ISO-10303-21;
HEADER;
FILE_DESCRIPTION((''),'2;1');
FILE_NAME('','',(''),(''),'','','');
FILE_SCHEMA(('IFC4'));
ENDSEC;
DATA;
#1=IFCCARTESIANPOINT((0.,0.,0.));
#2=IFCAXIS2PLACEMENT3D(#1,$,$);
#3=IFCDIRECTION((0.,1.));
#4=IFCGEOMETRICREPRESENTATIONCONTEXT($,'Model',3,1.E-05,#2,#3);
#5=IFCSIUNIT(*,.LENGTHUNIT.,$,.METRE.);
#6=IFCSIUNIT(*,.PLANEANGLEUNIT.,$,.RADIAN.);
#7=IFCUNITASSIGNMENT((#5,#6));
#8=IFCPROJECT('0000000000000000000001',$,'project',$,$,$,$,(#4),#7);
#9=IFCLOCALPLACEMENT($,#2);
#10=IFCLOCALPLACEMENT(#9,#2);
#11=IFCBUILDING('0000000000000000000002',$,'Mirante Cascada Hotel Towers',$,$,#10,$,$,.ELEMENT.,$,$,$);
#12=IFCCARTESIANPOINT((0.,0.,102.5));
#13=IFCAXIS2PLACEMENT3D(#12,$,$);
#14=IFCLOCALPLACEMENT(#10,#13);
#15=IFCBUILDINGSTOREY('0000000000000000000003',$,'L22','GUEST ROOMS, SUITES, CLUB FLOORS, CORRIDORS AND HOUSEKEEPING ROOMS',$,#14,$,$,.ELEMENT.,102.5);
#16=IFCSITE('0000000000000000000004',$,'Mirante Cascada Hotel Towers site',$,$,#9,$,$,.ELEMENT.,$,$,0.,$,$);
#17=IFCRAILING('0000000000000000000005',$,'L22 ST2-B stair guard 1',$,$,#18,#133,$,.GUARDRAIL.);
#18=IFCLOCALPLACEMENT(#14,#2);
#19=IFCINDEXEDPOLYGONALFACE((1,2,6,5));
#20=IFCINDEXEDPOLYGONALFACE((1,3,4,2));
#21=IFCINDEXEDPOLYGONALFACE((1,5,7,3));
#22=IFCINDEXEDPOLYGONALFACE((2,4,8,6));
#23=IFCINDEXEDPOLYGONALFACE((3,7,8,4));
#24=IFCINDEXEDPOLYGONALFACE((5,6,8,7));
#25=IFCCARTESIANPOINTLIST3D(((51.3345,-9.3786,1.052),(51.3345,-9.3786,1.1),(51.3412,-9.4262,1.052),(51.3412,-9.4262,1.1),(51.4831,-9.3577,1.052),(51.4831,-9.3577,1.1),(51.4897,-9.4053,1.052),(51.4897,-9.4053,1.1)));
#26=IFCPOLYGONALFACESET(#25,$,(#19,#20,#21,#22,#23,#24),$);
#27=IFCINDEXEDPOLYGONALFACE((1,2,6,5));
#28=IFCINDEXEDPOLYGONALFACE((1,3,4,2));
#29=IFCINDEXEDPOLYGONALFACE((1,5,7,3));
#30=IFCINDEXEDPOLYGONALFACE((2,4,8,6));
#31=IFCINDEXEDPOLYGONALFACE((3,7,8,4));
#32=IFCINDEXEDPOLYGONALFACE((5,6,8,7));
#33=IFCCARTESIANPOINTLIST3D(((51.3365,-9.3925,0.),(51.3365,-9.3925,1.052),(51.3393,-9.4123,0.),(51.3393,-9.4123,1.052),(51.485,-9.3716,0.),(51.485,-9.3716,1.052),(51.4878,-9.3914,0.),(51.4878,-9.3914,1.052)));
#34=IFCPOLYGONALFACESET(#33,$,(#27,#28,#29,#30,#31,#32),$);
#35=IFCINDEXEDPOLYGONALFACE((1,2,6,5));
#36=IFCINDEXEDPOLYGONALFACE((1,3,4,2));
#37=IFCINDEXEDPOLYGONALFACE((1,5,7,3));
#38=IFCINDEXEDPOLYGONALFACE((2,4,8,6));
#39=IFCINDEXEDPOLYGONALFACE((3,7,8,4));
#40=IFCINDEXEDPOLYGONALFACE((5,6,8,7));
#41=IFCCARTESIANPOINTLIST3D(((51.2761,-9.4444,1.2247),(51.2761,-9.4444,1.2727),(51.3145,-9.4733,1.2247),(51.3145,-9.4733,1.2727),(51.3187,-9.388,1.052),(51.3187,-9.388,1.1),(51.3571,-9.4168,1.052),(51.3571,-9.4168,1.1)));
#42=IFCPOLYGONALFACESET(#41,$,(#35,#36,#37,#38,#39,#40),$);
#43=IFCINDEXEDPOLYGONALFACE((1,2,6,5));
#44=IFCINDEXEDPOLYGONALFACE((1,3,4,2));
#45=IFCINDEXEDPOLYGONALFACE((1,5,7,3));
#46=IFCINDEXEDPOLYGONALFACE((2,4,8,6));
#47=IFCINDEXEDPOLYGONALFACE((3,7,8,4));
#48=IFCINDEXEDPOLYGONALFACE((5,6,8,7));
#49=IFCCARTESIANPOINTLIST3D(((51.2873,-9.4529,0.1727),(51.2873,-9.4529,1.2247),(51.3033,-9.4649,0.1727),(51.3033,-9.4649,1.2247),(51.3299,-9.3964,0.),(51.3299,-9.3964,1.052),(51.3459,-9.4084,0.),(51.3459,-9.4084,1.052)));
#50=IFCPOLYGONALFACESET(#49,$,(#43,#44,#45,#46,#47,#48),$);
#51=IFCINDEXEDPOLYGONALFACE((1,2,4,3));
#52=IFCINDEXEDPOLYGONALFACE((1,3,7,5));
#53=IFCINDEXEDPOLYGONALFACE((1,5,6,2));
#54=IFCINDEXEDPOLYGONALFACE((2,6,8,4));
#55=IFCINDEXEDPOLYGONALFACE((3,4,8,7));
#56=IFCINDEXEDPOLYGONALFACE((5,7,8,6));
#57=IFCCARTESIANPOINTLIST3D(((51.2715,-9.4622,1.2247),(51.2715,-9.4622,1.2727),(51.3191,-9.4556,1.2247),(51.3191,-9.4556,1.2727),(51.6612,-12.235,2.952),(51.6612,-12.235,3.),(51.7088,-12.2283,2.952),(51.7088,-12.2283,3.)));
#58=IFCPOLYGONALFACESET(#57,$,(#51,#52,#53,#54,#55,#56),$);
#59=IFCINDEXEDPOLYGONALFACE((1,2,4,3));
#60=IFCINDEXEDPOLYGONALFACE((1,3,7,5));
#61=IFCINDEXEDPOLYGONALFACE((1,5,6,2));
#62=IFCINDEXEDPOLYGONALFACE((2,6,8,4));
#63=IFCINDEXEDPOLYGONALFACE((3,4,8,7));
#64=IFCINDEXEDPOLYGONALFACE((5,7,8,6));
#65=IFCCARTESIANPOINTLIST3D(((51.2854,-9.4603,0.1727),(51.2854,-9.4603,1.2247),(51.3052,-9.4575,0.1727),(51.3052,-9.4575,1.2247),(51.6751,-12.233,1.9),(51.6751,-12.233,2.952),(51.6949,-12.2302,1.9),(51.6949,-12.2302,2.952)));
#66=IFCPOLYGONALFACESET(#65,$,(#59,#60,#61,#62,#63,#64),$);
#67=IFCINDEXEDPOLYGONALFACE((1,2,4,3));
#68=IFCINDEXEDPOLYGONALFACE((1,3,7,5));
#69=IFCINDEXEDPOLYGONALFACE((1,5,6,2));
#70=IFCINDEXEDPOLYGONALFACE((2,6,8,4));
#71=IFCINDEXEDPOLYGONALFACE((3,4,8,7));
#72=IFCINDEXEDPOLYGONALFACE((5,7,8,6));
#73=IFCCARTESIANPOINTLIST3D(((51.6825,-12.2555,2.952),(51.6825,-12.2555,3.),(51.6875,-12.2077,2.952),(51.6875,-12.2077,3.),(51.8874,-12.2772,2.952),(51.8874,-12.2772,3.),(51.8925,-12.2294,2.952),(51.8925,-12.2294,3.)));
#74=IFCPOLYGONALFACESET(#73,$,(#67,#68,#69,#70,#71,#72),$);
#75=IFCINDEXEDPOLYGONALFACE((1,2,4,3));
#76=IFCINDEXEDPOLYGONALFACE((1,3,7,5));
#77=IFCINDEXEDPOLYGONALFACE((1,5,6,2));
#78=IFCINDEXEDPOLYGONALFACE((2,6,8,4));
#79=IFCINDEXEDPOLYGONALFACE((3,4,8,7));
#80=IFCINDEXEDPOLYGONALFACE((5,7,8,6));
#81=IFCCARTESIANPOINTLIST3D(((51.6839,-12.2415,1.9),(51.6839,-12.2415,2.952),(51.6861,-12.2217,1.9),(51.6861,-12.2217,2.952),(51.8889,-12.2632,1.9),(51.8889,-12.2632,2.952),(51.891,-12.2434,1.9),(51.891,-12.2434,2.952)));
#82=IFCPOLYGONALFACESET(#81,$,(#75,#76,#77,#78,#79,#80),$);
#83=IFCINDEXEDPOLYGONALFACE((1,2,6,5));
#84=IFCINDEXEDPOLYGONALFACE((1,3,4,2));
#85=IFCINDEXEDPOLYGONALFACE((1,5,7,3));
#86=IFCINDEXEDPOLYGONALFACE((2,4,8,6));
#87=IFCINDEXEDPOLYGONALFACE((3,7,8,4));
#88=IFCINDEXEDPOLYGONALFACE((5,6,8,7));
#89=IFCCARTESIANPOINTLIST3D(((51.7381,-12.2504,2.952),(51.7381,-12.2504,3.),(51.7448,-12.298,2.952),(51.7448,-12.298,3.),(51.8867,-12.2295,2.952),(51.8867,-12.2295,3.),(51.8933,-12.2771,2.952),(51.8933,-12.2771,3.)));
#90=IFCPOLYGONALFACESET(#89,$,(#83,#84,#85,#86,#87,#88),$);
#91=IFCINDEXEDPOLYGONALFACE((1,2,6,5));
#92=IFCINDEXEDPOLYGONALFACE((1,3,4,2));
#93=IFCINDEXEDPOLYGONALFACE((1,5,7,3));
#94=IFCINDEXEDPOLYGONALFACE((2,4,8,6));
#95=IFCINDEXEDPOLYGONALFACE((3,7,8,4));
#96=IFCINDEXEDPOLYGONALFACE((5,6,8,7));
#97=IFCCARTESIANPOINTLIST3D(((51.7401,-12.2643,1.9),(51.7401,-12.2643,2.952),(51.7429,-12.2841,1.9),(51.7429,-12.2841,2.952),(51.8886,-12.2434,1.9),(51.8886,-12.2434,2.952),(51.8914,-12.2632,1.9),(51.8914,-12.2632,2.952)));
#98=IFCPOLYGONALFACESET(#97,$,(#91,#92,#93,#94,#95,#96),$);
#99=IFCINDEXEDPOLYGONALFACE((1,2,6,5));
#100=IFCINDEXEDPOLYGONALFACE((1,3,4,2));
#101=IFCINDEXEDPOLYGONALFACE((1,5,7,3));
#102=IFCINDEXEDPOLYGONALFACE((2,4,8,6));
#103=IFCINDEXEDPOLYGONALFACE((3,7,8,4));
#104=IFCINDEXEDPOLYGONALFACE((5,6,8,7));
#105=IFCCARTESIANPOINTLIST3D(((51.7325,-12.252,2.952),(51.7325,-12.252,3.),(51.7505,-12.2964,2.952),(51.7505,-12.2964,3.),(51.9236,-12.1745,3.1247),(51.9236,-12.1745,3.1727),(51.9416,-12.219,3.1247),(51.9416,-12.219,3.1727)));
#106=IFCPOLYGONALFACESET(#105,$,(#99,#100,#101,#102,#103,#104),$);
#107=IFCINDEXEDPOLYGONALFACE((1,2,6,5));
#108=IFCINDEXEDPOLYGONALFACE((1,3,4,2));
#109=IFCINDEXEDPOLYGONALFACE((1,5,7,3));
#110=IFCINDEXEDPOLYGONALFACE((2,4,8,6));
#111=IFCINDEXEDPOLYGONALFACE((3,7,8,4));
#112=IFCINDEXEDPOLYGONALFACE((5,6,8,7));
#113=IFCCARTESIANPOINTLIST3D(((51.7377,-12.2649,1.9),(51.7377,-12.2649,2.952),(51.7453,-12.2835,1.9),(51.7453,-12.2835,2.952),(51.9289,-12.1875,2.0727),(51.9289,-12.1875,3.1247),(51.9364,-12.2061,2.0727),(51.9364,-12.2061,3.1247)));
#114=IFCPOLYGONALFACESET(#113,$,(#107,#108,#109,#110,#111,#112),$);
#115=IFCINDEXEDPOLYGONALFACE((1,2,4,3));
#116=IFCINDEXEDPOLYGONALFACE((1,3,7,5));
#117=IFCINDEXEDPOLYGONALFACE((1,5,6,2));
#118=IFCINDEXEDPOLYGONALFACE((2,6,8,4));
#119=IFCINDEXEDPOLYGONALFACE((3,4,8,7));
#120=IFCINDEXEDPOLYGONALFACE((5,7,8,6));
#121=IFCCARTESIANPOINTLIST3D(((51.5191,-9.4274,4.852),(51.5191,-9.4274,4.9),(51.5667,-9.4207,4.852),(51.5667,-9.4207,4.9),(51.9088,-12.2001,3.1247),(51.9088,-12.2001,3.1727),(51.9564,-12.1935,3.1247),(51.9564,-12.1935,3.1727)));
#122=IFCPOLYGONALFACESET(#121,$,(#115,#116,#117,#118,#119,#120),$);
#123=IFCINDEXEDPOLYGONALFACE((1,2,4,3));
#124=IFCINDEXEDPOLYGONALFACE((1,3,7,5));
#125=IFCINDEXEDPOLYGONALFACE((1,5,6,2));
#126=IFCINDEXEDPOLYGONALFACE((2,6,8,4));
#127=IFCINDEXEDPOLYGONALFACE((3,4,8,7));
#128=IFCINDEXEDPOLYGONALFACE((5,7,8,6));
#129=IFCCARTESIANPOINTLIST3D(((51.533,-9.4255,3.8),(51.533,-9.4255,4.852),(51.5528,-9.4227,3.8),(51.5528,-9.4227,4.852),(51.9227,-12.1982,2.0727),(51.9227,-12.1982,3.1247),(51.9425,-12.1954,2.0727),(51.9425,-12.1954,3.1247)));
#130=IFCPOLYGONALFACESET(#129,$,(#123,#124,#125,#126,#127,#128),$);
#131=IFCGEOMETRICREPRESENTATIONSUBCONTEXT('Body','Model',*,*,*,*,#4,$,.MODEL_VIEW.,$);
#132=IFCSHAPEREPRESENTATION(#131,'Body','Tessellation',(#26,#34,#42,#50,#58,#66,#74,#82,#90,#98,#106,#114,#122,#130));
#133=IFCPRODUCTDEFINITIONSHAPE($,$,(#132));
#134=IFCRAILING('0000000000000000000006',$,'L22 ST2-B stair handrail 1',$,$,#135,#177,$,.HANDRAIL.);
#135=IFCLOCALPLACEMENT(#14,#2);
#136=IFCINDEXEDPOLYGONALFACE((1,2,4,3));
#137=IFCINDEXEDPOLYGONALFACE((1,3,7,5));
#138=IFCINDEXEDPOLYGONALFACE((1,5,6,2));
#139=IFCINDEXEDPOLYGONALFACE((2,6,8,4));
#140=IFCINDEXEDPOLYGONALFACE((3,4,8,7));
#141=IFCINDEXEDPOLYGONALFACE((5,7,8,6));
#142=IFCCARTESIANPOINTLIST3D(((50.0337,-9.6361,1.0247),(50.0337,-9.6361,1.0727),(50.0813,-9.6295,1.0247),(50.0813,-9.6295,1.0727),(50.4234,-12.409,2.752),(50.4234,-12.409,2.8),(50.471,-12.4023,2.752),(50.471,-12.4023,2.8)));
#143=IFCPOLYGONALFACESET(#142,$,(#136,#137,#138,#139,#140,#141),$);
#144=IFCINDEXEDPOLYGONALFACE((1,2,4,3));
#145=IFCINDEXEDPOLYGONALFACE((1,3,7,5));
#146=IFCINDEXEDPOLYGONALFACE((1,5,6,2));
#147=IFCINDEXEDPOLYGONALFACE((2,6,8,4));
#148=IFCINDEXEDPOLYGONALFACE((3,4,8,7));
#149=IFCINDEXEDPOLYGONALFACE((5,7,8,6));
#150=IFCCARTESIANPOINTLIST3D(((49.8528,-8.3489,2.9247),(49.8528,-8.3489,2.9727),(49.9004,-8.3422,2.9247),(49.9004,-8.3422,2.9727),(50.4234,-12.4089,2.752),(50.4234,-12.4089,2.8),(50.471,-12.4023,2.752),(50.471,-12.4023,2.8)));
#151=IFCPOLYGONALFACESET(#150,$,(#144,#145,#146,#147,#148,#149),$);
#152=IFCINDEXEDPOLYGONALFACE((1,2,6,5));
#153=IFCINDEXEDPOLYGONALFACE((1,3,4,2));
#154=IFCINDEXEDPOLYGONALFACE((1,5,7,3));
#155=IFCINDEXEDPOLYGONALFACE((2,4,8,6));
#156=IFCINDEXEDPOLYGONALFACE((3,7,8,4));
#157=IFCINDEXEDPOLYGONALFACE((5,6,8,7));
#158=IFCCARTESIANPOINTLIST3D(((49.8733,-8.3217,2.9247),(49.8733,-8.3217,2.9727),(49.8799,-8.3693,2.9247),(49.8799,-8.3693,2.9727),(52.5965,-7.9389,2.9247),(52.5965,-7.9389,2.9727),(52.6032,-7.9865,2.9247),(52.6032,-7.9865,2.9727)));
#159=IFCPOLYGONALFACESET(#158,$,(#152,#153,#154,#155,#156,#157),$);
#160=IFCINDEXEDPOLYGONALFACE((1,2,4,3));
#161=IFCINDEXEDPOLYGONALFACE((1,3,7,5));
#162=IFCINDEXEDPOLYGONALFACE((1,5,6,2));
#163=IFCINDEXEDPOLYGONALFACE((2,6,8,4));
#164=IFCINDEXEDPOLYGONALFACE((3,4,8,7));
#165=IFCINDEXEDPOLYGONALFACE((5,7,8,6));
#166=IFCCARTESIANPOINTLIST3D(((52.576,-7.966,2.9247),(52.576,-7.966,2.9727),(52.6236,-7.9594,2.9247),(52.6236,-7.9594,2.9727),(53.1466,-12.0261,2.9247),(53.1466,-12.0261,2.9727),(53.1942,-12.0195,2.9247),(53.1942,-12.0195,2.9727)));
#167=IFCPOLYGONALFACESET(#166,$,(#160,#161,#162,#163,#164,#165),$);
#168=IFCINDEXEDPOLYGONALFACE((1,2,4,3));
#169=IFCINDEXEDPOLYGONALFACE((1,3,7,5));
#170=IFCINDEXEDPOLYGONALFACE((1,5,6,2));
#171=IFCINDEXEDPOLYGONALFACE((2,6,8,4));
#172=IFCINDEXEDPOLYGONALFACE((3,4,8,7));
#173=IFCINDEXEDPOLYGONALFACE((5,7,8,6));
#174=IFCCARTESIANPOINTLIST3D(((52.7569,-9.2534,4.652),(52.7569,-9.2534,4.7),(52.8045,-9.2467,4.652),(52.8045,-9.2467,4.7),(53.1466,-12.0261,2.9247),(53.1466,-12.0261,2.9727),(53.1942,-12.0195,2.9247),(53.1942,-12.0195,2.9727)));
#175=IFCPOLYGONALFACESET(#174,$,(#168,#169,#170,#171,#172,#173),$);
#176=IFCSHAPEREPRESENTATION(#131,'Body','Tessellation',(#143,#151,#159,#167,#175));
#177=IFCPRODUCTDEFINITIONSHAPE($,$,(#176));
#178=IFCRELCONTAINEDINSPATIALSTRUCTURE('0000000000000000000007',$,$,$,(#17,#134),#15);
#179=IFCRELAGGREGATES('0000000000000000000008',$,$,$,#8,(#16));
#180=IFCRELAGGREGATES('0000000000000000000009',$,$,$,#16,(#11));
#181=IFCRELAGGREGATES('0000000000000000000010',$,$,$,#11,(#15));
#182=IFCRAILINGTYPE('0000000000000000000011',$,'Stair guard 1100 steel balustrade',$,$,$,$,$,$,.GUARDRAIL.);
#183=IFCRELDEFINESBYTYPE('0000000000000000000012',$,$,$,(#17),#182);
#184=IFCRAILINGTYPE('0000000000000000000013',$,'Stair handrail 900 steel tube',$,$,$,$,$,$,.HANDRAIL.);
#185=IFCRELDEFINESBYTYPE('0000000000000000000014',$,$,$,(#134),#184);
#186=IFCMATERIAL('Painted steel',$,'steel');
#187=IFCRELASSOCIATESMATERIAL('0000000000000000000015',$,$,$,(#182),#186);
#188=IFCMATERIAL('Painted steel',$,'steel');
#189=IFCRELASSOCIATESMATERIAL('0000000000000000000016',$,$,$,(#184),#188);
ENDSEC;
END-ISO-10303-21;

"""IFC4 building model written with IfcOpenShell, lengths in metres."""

from ifc_helpers import new_model, si_unit, direction, frame, origin, origin_2d, place, context, subcontext, project, spatial, rectangle, extrude, material, type_object, element, save


model = new_model("IFC4")

# Units and contexts
model_context = context("Model", 3, precision=1e-05, world=origin(), true_north=direction((0.0, 1.0)))
body_context = subcontext(model_context, "Body", "Model", "MODEL_VIEW")
ifc_project = project(units=[si_unit("LENGTHUNIT", "METRE"), si_unit("PLANEANGLEUNIT", "RADIAN")], contexts=[model_context])

# Site, building, storey
site_placement = place(None, origin())
site = spatial("IfcSite", under=ifc_project, at=site_placement, Name="Mirante Cascada Hotel Towers site", CompositionType="ELEMENT", RefElevation=0.0)
building_placement = place(site_placement, origin())
building = spatial("IfcBuilding", under=site, at=building_placement, Name="Mirante Cascada Hotel Towers", CompositionType="ELEMENT")
storey_placement = place(building_placement, frame((0.0, 0.0, 102.5)))
storey = spatial("IfcBuildingStorey", under=building, at=storey_placement, Name="L22", Description="GUEST ROOMS, SUITES, CLUB FLOORS, CORRIDORS AND HOUSEKEEPING ROOMS", CompositionType="ELEMENT", Elevation=102.5)

# Railings
ifc_material_1 = material(Name="Painted steel", Category="steel")
railing_type_1 = type_object("IfcRailingType", Name="Stair guard 1100 steel balustrade", PredefinedType="GUARDRAIL", material=ifc_material_1)
railing_1_placement = place(storey_placement, frame((51.4864, -9.3815, 0.0)))
element("IfcRailing", 1, at=railing_1_placement, inside=storey, type_object=railing_type_1, Name="L22 ST2-B stair guard 1", PredefinedType="GUARDRAIL", context=body_context, shape_type="SweptSolid", body=[
    extrude(rectangle(XDim=0.048, YDim=0.048, at=origin_2d()), frame((0.0, 0.0, 1.076), z_axis=(-0.990241, -0.139367, 0.0), x_axis=(0.139367, -0.990241, 0.0)), (0.0, 0.0, 1.0), 0.15),
    extrude(rectangle(XDim=0.02, YDim=1.052, at=origin_2d()), frame((0.0, 0.0, 0.526), z_axis=(-0.990241, -0.139367, 0.0), x_axis=(0.139367, -0.990241, 0.0)), (0.0, 0.0, 1.0), 0.15),
    extrude(rectangle(XDim=0.048, YDim=0.048, at=origin_2d()), frame((-0.1485, -0.0209, 1.076), z_axis=(-0.602033, -0.798471, 0.0), x_axis=(0.798471, -0.602033, 0.0)), (0.0, 0.92534, 0.379139), 0.1866),
    extrude(rectangle(XDim=0.02, YDim=1.052, at=origin_2d()), frame((-0.1485, -0.0209, 0.526), z_axis=(-0.602033, -0.798471, 0.0), x_axis=(0.798471, -0.602033, 0.0)), (0.0, 0.92534, 0.379139), 0.1866),
    extrude(rectangle(XDim=0.048, YDim=0.048, at=origin_2d()), frame((-0.1911, -0.0774, 1.2487), z_axis=(0.139181, -0.990267, 0.0), x_axis=(0.990267, 0.139181, 0.0)), (0.0, 0.525035, 0.851081), 3.2899),
    extrude(rectangle(XDim=0.02, YDim=1.052, at=origin_2d()), frame((-0.1911, -0.0774, 0.6987), z_axis=(0.139181, -0.990267, 0.0), x_axis=(0.990267, 0.139181, 0.0)), (0.0, 0.525035, 0.851081), 3.2899),
    extrude(rectangle(XDim=0.048, YDim=0.048, at=origin_2d()), frame((0.1986, -2.8501, 2.976), z_axis=(0.994444, -0.105266, 0.0), x_axis=(0.105266, 0.994444, 0.0)), (0.0, 0.0, 1.0), 0.2061),
    extrude(rectangle(XDim=0.02, YDim=1.052, at=origin_2d()), frame((0.1986, -2.8501, 2.426), z_axis=(0.994444, -0.105266, 0.0), x_axis=(0.105266, 0.994444, 0.0)), (0.0, 0.0, 1.0), 0.2061),
    extrude(rectangle(XDim=0.048, YDim=0.048, at=origin_2d()), frame((0.4036, -2.8718, 2.976), z_axis=(-0.990241, -0.139367, 0.0), x_axis=(0.139367, -0.990241, 0.0)), (0.0, 0.0, 1.0), 0.15),
    extrude(rectangle(XDim=0.02, YDim=1.052, at=origin_2d()), frame((0.4036, -2.8718, 2.426), z_axis=(-0.990241, -0.139367, 0.0), x_axis=(0.139367, -0.990241, 0.0)), (0.0, 0.0, 1.0), 0.15),
    extrude(rectangle(XDim=0.048, YDim=0.048, at=origin_2d()), frame((0.2551, -2.8927, 2.976), z_axis=(0.926862, 0.375401, 0.0), x_axis=(-0.375401, 0.926862, 0.0)), (0.0, 0.642122, 0.766603), 0.269),
    extrude(rectangle(XDim=0.02, YDim=1.052, at=origin_2d()), frame((0.2551, -2.8927, 2.426), z_axis=(0.926862, 0.375401, 0.0), x_axis=(-0.375401, 0.926862, 0.0)), (0.0, 0.642122, 0.766603), 0.269),
    extrude(rectangle(XDim=0.048, YDim=0.048, at=origin_2d()), frame((0.4462, -2.8153, 3.1487), z_axis=(-0.139181, 0.990267, 0.0), x_axis=(-0.990267, -0.139181, 0.0)), (0.0, 0.525035, 0.851081), 3.2899),
    extrude(rectangle(XDim=0.02, YDim=1.052, at=origin_2d()), frame((0.4462, -2.8153, 2.5987), z_axis=(-0.139181, 0.990267, 0.0), x_axis=(-0.990267, -0.139181, 0.0)), (0.0, 0.525035, 0.851081), 3.2899),
])
ifc_material_2 = material(Name="Painted steel", Category="steel")
railing_type_2 = type_object("IfcRailingType", Name="Stair handrail 900 steel tube", PredefinedType="HANDRAIL", material=ifc_material_2)
railing_2_placement = place(storey_placement, frame((50.0575, -9.6328, 0.1727)))
element("IfcRailing", 2, at=railing_2_placement, inside=storey, type_object=railing_type_2, Name="L22 ST2-B stair handrail 1", PredefinedType="HANDRAIL", context=body_context, shape_type="SweptSolid", body=[
    extrude(rectangle(XDim=0.048, YDim=0.048, at=origin_2d()), frame((0.0, 0.0, 0.876), z_axis=(0.139176, -0.990268, 0.0), x_axis=(0.990268, 0.139176, 0.0)), (0.0, 0.525021, 0.851089), 3.29),
    extrude(rectangle(XDim=0.048, YDim=0.048, at=origin_2d()), frame((0.3897, -2.7728, 2.6033), z_axis=(-0.139171, 0.990268, 0.0), x_axis=(-0.990268, -0.139171, 0.0)), (0.0, 0.042085, 0.999114), 4.1036),
    extrude(rectangle(XDim=0.048, YDim=0.048, at=origin_2d()), frame((-0.1809, 1.2873, 2.776), z_axis=(0.990264, 0.139201, 0.0), x_axis=(-0.139201, 0.990264, 0.0)), (0.0, 0.0, 1.0), 2.75),
    extrude(rectangle(XDim=0.048, YDim=0.048, at=origin_2d()), frame((2.5423, 1.6701, 2.776), z_axis=(0.139171, -0.990268, 0.0), x_axis=(0.990268, 0.139171, 0.0)), (0.0, 0.0, 1.0), 4.1),
    extrude(rectangle(XDim=0.048, YDim=0.048, at=origin_2d()), frame((3.1129, -2.39, 2.776), z_axis=(-0.139181, 0.990267, 0.0), x_axis=(-0.990267, -0.139181, 0.0)), (0.0, 0.525035, 0.851081), 3.2899),
])

save(model, "model.ifc")
